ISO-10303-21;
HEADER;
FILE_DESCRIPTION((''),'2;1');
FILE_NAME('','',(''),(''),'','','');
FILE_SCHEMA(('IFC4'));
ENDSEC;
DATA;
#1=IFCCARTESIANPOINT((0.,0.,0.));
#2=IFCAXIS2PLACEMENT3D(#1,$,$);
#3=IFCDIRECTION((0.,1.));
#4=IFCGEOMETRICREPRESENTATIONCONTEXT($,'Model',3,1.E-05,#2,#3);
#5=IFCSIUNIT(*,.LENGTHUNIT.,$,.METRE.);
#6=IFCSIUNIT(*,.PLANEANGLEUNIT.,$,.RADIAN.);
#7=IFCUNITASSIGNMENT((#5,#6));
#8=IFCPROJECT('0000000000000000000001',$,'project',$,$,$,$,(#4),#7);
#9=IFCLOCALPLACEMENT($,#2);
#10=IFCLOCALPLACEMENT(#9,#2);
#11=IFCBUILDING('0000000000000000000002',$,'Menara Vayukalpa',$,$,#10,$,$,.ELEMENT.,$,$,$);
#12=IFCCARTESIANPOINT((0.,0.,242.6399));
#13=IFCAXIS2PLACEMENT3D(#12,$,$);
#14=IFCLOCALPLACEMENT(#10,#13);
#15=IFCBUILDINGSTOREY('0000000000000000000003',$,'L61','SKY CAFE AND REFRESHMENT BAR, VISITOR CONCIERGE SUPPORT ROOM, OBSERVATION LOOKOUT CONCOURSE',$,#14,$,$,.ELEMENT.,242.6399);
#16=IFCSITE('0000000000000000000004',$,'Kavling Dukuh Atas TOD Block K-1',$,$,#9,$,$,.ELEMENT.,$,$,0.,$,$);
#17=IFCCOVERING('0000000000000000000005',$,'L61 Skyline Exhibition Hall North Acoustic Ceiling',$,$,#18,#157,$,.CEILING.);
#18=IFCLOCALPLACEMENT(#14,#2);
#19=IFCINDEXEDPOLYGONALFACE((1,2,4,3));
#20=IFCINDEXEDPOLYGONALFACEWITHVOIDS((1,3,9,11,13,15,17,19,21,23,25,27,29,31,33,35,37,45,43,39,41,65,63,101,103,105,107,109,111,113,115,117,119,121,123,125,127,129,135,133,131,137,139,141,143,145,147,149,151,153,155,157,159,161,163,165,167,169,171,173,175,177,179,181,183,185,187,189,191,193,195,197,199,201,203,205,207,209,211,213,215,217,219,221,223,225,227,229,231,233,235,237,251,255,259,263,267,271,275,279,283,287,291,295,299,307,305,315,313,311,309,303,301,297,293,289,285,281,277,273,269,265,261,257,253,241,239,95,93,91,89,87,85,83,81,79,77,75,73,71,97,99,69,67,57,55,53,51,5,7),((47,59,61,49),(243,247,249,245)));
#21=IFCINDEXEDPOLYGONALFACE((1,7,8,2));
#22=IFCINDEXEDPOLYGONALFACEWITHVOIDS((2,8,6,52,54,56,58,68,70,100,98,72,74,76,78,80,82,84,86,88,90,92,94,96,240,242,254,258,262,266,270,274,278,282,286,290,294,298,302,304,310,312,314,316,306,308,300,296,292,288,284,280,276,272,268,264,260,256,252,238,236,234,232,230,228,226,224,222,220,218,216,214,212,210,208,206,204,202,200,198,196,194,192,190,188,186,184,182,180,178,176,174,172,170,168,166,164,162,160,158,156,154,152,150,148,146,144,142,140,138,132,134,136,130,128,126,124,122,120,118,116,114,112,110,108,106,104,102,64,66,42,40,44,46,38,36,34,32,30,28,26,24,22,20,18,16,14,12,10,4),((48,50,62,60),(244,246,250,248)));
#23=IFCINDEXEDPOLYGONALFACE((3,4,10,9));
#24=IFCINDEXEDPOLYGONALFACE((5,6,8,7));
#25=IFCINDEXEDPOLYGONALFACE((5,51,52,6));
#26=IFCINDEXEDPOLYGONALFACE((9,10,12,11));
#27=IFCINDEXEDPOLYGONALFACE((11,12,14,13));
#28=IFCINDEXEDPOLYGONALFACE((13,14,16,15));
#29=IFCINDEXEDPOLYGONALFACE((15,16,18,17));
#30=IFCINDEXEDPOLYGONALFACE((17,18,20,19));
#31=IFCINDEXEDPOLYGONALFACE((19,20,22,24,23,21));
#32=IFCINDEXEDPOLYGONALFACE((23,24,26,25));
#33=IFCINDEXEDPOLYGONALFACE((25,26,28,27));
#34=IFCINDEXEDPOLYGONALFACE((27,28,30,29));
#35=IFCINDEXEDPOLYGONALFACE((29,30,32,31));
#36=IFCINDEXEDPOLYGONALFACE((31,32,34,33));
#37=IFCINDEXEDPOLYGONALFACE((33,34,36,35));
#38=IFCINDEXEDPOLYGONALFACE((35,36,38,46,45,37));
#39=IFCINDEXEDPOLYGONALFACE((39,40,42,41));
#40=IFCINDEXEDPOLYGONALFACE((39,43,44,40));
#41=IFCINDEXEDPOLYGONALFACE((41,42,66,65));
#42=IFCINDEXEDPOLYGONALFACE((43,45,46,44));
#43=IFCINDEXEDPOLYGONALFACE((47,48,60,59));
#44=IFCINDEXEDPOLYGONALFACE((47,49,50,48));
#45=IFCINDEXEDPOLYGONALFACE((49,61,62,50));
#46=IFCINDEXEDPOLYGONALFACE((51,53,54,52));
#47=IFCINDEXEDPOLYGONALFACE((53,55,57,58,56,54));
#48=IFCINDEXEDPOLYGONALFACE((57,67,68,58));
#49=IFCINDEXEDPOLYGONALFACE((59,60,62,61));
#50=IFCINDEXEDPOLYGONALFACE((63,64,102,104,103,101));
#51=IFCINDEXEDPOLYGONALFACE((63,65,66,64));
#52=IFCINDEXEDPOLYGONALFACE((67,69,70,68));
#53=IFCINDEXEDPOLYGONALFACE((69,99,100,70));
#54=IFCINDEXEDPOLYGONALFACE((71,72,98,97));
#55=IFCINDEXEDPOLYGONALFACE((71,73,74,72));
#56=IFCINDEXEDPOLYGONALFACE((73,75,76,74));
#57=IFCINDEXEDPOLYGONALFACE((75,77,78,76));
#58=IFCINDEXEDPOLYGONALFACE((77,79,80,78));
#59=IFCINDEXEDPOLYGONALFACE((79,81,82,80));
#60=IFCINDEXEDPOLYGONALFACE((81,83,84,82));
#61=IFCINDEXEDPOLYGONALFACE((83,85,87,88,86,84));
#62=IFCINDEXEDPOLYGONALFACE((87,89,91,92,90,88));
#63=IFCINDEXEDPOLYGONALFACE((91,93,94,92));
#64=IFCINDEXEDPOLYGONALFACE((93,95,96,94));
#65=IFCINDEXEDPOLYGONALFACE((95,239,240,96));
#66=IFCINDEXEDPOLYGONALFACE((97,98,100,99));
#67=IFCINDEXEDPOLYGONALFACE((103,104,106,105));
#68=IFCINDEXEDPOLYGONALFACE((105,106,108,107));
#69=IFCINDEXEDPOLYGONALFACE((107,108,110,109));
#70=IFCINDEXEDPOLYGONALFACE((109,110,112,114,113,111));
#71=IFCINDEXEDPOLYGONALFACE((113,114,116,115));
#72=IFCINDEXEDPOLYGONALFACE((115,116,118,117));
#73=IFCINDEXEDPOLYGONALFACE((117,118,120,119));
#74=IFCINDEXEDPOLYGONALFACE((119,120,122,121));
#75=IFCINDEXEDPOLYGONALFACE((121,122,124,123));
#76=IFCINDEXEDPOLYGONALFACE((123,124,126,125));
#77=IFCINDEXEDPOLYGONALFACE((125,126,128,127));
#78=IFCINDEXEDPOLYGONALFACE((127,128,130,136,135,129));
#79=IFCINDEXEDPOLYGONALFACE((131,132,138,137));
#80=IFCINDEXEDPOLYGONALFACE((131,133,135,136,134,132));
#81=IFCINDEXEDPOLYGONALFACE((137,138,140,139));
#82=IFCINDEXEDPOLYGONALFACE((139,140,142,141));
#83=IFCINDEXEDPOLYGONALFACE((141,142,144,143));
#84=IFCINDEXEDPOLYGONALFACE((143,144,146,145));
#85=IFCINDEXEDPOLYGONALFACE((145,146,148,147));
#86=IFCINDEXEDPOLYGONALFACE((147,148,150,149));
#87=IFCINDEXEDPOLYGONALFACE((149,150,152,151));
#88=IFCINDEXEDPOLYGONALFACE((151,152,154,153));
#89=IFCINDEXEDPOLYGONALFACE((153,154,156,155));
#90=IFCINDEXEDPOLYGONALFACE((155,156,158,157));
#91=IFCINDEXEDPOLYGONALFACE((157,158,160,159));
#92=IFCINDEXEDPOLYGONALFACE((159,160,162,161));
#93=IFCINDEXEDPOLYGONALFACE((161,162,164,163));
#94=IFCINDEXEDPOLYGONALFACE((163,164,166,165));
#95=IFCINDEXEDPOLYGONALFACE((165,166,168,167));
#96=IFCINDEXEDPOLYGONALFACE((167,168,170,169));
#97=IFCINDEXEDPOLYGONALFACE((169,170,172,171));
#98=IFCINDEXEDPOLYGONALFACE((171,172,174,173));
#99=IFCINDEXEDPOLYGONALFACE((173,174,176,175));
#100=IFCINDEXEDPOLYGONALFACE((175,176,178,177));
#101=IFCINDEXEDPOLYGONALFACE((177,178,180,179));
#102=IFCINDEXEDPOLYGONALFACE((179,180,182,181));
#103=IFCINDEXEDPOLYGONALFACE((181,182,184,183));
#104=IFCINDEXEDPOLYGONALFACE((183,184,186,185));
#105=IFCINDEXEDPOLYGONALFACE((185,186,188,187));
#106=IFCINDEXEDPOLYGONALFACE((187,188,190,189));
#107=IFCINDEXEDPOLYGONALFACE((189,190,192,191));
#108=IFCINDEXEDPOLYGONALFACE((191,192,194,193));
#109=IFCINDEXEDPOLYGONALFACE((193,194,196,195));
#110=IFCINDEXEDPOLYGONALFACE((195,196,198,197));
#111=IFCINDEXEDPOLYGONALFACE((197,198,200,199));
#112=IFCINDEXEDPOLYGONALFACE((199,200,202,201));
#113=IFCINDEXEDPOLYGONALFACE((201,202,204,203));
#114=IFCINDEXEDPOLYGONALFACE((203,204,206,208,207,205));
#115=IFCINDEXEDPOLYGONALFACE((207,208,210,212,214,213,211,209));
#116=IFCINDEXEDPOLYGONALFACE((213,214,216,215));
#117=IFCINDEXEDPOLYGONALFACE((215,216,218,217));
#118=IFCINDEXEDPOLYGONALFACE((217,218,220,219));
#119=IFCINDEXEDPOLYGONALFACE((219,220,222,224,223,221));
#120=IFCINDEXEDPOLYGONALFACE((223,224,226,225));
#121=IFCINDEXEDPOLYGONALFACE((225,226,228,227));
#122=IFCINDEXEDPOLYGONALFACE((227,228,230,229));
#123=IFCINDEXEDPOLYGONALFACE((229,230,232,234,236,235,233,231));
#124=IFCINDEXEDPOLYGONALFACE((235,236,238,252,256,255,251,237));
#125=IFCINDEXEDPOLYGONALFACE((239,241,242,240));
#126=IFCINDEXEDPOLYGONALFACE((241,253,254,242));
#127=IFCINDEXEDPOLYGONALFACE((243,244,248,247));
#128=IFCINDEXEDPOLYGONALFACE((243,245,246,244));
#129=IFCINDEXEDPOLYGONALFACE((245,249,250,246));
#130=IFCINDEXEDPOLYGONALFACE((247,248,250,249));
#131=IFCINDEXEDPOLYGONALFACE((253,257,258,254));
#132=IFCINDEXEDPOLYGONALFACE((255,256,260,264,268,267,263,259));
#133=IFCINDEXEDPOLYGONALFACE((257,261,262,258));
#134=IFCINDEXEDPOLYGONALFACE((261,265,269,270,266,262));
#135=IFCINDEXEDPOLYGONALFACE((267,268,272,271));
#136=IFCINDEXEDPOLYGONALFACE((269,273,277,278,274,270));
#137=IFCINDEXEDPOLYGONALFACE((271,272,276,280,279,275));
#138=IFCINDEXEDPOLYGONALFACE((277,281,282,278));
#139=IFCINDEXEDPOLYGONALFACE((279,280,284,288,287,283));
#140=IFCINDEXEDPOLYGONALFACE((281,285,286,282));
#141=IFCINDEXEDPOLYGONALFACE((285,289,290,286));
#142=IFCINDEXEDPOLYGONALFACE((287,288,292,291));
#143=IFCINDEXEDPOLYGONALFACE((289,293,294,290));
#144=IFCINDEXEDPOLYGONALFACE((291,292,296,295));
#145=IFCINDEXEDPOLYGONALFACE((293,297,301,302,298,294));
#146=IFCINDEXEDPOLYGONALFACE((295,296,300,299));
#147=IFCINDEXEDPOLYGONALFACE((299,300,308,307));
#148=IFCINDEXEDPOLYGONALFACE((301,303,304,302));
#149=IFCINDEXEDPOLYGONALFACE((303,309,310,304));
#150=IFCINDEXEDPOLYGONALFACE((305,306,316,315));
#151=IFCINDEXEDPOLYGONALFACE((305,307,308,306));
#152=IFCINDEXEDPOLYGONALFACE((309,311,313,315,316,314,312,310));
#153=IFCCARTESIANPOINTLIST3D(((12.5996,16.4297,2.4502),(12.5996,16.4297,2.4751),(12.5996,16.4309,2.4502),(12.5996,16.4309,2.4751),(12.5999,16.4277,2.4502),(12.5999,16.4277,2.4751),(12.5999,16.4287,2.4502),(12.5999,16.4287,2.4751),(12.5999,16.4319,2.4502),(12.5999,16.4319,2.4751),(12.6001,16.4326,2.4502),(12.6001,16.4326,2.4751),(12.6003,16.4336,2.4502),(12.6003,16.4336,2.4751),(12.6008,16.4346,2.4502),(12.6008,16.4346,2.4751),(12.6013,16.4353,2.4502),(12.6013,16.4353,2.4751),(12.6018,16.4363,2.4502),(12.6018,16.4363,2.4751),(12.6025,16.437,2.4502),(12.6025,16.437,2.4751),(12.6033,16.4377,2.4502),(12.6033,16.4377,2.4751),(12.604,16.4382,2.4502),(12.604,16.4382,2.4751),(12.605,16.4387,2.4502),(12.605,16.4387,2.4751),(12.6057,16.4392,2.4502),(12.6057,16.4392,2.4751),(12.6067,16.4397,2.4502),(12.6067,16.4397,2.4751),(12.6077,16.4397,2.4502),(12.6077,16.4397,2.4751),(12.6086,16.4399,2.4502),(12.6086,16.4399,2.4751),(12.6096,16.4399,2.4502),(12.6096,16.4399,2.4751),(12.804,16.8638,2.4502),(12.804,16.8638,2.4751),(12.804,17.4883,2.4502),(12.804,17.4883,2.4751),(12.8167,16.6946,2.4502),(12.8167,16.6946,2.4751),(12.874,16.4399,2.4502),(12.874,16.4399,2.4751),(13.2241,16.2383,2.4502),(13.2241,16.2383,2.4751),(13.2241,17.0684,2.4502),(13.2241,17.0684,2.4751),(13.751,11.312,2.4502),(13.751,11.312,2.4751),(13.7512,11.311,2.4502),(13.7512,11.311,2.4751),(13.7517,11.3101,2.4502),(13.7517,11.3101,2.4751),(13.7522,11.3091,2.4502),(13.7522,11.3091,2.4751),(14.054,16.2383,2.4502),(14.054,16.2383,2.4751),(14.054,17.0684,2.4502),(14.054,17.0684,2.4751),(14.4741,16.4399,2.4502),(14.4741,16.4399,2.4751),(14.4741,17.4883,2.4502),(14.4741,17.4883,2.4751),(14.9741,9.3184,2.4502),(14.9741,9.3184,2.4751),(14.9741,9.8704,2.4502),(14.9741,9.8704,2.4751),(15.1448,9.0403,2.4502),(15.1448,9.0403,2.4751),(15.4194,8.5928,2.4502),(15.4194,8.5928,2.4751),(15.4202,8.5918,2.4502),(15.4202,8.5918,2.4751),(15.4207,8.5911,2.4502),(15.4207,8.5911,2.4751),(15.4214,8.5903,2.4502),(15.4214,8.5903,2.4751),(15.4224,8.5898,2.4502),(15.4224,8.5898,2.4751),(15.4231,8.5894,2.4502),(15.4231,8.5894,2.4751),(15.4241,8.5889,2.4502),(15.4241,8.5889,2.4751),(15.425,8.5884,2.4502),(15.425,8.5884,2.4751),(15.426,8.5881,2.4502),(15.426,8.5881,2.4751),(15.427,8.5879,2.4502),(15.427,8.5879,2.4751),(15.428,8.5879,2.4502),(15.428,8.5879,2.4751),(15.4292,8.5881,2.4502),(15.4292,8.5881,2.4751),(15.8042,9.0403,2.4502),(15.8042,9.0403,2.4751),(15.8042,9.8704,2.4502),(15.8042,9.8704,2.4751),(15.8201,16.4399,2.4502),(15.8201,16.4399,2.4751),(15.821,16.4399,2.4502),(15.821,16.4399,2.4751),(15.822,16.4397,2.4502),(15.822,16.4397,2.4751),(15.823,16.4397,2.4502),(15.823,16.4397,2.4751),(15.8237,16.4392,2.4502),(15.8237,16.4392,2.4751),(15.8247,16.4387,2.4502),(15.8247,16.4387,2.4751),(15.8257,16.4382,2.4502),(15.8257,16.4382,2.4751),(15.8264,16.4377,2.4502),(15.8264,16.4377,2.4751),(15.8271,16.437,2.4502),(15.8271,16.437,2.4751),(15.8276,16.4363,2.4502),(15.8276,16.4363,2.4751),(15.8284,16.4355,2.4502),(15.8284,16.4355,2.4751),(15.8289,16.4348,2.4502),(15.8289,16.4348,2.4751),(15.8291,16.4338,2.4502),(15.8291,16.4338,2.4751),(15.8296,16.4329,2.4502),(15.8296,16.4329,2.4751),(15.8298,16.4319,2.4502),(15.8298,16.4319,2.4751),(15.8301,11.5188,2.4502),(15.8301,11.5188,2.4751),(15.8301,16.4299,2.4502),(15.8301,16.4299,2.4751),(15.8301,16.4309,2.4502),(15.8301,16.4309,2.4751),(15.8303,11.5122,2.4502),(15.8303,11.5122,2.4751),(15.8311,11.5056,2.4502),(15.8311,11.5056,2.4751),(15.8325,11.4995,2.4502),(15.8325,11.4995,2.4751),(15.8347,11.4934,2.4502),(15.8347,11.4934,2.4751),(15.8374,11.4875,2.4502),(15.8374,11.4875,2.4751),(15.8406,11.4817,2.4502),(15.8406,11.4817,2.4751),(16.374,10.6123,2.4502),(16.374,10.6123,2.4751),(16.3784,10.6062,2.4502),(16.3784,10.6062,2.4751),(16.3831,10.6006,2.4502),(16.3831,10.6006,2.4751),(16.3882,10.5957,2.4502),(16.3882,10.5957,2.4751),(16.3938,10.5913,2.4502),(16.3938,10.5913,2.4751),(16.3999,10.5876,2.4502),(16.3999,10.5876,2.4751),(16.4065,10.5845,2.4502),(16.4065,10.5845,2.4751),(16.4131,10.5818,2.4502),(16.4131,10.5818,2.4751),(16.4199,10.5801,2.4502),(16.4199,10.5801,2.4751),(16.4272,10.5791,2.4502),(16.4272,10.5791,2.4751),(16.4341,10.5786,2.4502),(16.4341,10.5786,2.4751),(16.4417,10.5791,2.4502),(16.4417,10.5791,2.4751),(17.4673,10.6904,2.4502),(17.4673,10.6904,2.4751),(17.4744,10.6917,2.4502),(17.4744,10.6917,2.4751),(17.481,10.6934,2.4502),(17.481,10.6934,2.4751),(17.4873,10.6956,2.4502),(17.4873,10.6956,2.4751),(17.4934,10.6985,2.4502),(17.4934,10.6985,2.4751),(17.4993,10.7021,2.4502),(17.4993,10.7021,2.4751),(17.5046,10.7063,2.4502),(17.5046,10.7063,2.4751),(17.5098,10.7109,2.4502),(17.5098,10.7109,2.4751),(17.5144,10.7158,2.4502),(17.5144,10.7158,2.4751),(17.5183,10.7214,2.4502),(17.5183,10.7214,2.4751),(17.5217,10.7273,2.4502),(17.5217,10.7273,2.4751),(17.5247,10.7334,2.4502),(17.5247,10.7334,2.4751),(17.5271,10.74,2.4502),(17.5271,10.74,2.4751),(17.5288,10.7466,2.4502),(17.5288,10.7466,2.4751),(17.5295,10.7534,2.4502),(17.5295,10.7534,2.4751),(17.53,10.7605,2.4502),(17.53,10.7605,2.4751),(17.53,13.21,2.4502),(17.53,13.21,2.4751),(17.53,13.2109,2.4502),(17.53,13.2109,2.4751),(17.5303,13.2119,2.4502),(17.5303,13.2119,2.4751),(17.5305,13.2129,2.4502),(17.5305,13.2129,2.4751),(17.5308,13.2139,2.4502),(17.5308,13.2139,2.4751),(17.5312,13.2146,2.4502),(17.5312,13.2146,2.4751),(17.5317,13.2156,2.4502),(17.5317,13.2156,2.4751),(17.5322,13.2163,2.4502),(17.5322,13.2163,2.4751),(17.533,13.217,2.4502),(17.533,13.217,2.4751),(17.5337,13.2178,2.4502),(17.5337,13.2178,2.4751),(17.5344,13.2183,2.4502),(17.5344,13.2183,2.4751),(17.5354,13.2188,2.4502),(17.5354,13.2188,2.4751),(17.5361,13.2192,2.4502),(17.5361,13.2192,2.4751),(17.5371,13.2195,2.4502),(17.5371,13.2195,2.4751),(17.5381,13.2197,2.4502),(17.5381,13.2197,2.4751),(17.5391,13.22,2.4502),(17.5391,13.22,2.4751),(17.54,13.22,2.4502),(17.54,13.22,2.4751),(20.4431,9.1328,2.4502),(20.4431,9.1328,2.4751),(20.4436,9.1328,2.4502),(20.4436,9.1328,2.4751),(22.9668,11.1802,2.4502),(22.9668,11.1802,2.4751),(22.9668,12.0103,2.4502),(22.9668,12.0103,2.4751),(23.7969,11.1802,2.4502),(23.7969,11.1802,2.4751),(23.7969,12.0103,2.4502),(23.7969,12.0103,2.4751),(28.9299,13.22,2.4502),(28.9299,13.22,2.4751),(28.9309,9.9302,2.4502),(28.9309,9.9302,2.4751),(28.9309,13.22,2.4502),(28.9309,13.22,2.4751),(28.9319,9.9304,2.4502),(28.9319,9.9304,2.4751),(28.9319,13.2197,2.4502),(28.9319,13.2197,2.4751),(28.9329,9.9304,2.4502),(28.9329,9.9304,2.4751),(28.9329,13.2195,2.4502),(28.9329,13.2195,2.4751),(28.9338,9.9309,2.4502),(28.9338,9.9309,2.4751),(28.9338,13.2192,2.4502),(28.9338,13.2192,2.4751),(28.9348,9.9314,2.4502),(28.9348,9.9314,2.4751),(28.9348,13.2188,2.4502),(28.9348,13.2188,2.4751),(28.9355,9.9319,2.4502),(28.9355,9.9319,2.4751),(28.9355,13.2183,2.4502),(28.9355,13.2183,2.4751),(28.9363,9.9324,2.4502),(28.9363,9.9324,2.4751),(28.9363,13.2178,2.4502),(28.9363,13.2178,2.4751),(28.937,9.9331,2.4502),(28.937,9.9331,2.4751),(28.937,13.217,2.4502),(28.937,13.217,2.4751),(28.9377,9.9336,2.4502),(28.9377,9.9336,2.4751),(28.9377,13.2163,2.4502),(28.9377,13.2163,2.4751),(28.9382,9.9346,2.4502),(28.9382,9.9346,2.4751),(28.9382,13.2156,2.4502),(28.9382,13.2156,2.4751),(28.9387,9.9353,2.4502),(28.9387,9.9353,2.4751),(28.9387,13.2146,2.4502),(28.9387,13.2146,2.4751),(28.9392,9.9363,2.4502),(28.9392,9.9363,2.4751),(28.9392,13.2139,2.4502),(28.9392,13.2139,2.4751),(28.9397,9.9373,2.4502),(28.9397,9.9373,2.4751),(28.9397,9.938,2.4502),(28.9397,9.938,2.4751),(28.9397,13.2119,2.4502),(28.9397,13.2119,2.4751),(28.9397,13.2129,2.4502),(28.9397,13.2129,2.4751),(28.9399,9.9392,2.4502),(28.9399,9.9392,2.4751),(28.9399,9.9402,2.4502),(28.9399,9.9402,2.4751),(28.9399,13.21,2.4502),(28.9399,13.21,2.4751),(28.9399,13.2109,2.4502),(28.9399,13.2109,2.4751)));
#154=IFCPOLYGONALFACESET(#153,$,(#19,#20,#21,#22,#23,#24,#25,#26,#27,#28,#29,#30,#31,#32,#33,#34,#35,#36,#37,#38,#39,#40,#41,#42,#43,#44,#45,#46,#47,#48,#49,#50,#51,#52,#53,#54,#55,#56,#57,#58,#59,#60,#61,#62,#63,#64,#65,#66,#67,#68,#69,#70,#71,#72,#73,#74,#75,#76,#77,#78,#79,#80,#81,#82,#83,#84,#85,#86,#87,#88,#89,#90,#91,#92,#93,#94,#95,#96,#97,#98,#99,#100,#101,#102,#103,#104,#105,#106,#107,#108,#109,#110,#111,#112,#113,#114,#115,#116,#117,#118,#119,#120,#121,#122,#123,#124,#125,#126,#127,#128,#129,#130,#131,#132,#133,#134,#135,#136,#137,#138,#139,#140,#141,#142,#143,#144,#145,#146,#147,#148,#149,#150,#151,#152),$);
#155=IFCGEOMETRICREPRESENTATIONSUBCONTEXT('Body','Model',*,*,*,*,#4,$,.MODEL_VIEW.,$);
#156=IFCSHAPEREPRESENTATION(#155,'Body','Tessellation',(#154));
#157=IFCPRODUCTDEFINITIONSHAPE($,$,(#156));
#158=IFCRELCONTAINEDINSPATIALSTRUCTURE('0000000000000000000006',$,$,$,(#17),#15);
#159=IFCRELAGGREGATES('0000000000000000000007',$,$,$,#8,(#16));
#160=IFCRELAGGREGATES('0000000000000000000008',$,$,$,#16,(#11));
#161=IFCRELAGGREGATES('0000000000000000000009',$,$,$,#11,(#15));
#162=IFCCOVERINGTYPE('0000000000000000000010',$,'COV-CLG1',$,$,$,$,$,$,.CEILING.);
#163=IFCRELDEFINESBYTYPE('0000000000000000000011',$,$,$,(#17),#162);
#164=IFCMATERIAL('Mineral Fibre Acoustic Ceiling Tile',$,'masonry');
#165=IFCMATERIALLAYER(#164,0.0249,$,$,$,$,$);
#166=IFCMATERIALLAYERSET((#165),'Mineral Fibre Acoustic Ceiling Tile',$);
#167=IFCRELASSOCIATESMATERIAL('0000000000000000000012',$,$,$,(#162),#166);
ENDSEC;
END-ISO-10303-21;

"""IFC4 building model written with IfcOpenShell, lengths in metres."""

from ifc_helpers import new_model, si_unit, direction, frame, origin, place, context, subcontext, project, spatial, polyline, outline, extrude, material, layer, layer_set, type_object, element, save


model = new_model("IFC4")

# Units and contexts
model_context = context("Model", 3, precision=1e-05, world=origin(), true_north=direction((0.0, 1.0)))
body_context = subcontext(model_context, "Body", "Model", "MODEL_VIEW")
ifc_project = project(units=[si_unit("LENGTHUNIT", "METRE"), si_unit("PLANEANGLEUNIT", "RADIAN")], contexts=[model_context])

# Site, building, storey
site_placement = place(None, origin())
site = spatial("IfcSite", under=ifc_project, at=site_placement, Name="Kavling Dukuh Atas TOD Block K-1", CompositionType="ELEMENT", RefElevation=0.0)
building_placement = place(site_placement, origin())
building = spatial("IfcBuilding", under=site, at=building_placement, Name="Menara Vayukalpa", CompositionType="ELEMENT")
storey_placement = place(building_placement, frame((0.0, 0.0, 242.6399)))
storey = spatial("IfcBuildingStorey", under=building, at=storey_placement, Name="L61", Description="SKY CAFE AND REFRESHMENT BAR, VISITOR CONCIERGE SUPPORT ROOM, OBSERVATION LOOKOUT CONCOURSE", CompositionType="ELEMENT", Elevation=242.6399)

# Covering
ifc_material_1 = material(Name="Mineral Fibre Acoustic Ceiling Tile", Category="masonry")
ifc_layer_1 = layer(ifc_material_1, 0.0249)
ifc_layer_set_1 = layer_set([ifc_layer_1], Name="Mineral Fibre Acoustic Ceiling Tile")
covering_type_1 = type_object("IfcCoveringType", Name="COV-CLG1", PredefinedType="CEILING", material=ifc_layer_set_1)
covering_1_placement = place(storey_placement, frame((0.0, 0.0, 2.4502)))
element("IfcCovering", 1, at=covering_1_placement, inside=storey, type_object=covering_type_1, Name="L61 Skyline Exhibition Hall North Acoustic Ceiling", PredefinedType="CEILING", context=body_context, shape_type="SweptSolid", body=[
    extrude(outline(polyline([(15.427, 8.5879), (15.426, 8.5881), (15.425, 8.5884), (15.4241, 8.5889), (15.4231, 8.5894), (15.4224, 8.5898), (15.4214, 8.5903), (15.4207, 8.5911), (15.4202, 8.5918), (15.4194, 8.5928), (15.1448, 9.0403), (15.8042, 9.0403), (15.8042, 9.8704), (14.9741, 9.8704), (14.9741, 9.3184), (13.7522, 11.3091), (13.7517, 11.3101), (13.7512, 11.311), (13.751, 11.312), (12.5999, 16.4277), (12.5999, 16.4287), (12.5996, 16.4297), (12.5996, 16.4309), (12.5999, 16.4319), (12.6001, 16.4326), (12.6003, 16.4336), (12.6008, 16.4346), (12.6013, 16.4353), (12.6018, 16.4363), (12.6025, 16.437), (12.6033, 16.4377), (12.604, 16.4382), (12.605, 16.4387), (12.6057, 16.4392), (12.6067, 16.4397), (12.6077, 16.4397), (12.6086, 16.4399), (12.6096, 16.4399), (12.874, 16.4399), (12.8167, 16.6946), (12.804, 16.8638), (12.804, 17.4883), (14.4741, 17.4883), (14.4741, 16.4399), (15.8201, 16.4399), (15.821, 16.4399), (15.822, 16.4397), (15.823, 16.4397), (15.8237, 16.4392), (15.8247, 16.4387), (15.8257, 16.4382), (15.8264, 16.4377), (15.8271, 16.437), (15.8276, 16.4363), (15.8284, 16.4355), (15.8289, 16.4348), (15.8291, 16.4338), (15.8296, 16.4329), (15.8298, 16.4319), (15.8301, 16.4309), (15.8301, 16.4299), (15.8301, 11.5188), (15.8303, 11.5122), (15.8311, 11.5056), (15.8325, 11.4995), (15.8347, 11.4934), (15.8374, 11.4875), (15.8406, 11.4817), (16.374, 10.6123), (16.3784, 10.6062), (16.3831, 10.6006), (16.3882, 10.5957), (16.3938, 10.5913), (16.3999, 10.5876), (16.4065, 10.5845), (16.4131, 10.5818), (16.4199, 10.5801), (16.4272, 10.5791), (16.4341, 10.5786), (16.4417, 10.5791), (17.4673, 10.6904), (17.4744, 10.6917), (17.481, 10.6934), (17.4873, 10.6956), (17.4934, 10.6985), (17.4993, 10.7021), (17.5046, 10.7063), (17.5098, 10.7109), (17.5144, 10.7158), (17.5183, 10.7214), (17.5217, 10.7273), (17.5247, 10.7334), (17.5271, 10.74), (17.5288, 10.7466), (17.5295, 10.7534), (17.53, 10.7605), (17.53, 13.21), (17.53, 13.2109), (17.5303, 13.2119), (17.5305, 13.2129), (17.5308, 13.2139), (17.5312, 13.2146), (17.5317, 13.2156), (17.5322, 13.2163), (17.533, 13.217), (17.5337, 13.2178), (17.5344, 13.2183), (17.5354, 13.2188), (17.5361, 13.2192), (17.5371, 13.2195), (17.5381, 13.2197), (17.5391, 13.22), (17.54, 13.22), (28.9299, 13.22), (28.9309, 13.22), (28.9319, 13.2197), (28.9329, 13.2195), (28.9338, 13.2192), (28.9348, 13.2188), (28.9355, 13.2183), (28.9363, 13.2178), (28.937, 13.217), (28.9377, 13.2163), (28.9382, 13.2156), (28.9387, 13.2146), (28.9392, 13.2139), (28.9397, 13.2129), (28.9397, 13.2119), (28.9399, 13.2109), (28.9399, 13.21), (28.9399, 9.9402), (28.9399, 9.9392), (28.9397, 9.938), (28.9397, 9.9373), (28.9392, 9.9363), (28.9387, 9.9353), (28.9382, 9.9346), (28.9377, 9.9336), (28.937, 9.9331), (28.9363, 9.9324), (28.9355, 9.9319), (28.9348, 9.9314), (28.9338, 9.9309), (28.9329, 9.9304), (28.9319, 9.9304), (28.9309, 9.9302), (20.4436, 9.1328), (20.4431, 9.1328), (15.4292, 8.5881), (15.428, 8.5879), (15.427, 8.5879)]), holes=[polyline([(14.054, 17.0684), (13.2241, 17.0684), (13.2241, 16.2383), (14.054, 16.2383), (14.054, 17.0684)]), polyline([(23.7969, 12.0103), (22.9668, 12.0103), (22.9668, 11.1802), (23.7969, 11.1802), (23.7969, 12.0103)])]), origin(), (0.0, 0.0, 1.0), 0.0249),
])

save(model, "model.ifc")
